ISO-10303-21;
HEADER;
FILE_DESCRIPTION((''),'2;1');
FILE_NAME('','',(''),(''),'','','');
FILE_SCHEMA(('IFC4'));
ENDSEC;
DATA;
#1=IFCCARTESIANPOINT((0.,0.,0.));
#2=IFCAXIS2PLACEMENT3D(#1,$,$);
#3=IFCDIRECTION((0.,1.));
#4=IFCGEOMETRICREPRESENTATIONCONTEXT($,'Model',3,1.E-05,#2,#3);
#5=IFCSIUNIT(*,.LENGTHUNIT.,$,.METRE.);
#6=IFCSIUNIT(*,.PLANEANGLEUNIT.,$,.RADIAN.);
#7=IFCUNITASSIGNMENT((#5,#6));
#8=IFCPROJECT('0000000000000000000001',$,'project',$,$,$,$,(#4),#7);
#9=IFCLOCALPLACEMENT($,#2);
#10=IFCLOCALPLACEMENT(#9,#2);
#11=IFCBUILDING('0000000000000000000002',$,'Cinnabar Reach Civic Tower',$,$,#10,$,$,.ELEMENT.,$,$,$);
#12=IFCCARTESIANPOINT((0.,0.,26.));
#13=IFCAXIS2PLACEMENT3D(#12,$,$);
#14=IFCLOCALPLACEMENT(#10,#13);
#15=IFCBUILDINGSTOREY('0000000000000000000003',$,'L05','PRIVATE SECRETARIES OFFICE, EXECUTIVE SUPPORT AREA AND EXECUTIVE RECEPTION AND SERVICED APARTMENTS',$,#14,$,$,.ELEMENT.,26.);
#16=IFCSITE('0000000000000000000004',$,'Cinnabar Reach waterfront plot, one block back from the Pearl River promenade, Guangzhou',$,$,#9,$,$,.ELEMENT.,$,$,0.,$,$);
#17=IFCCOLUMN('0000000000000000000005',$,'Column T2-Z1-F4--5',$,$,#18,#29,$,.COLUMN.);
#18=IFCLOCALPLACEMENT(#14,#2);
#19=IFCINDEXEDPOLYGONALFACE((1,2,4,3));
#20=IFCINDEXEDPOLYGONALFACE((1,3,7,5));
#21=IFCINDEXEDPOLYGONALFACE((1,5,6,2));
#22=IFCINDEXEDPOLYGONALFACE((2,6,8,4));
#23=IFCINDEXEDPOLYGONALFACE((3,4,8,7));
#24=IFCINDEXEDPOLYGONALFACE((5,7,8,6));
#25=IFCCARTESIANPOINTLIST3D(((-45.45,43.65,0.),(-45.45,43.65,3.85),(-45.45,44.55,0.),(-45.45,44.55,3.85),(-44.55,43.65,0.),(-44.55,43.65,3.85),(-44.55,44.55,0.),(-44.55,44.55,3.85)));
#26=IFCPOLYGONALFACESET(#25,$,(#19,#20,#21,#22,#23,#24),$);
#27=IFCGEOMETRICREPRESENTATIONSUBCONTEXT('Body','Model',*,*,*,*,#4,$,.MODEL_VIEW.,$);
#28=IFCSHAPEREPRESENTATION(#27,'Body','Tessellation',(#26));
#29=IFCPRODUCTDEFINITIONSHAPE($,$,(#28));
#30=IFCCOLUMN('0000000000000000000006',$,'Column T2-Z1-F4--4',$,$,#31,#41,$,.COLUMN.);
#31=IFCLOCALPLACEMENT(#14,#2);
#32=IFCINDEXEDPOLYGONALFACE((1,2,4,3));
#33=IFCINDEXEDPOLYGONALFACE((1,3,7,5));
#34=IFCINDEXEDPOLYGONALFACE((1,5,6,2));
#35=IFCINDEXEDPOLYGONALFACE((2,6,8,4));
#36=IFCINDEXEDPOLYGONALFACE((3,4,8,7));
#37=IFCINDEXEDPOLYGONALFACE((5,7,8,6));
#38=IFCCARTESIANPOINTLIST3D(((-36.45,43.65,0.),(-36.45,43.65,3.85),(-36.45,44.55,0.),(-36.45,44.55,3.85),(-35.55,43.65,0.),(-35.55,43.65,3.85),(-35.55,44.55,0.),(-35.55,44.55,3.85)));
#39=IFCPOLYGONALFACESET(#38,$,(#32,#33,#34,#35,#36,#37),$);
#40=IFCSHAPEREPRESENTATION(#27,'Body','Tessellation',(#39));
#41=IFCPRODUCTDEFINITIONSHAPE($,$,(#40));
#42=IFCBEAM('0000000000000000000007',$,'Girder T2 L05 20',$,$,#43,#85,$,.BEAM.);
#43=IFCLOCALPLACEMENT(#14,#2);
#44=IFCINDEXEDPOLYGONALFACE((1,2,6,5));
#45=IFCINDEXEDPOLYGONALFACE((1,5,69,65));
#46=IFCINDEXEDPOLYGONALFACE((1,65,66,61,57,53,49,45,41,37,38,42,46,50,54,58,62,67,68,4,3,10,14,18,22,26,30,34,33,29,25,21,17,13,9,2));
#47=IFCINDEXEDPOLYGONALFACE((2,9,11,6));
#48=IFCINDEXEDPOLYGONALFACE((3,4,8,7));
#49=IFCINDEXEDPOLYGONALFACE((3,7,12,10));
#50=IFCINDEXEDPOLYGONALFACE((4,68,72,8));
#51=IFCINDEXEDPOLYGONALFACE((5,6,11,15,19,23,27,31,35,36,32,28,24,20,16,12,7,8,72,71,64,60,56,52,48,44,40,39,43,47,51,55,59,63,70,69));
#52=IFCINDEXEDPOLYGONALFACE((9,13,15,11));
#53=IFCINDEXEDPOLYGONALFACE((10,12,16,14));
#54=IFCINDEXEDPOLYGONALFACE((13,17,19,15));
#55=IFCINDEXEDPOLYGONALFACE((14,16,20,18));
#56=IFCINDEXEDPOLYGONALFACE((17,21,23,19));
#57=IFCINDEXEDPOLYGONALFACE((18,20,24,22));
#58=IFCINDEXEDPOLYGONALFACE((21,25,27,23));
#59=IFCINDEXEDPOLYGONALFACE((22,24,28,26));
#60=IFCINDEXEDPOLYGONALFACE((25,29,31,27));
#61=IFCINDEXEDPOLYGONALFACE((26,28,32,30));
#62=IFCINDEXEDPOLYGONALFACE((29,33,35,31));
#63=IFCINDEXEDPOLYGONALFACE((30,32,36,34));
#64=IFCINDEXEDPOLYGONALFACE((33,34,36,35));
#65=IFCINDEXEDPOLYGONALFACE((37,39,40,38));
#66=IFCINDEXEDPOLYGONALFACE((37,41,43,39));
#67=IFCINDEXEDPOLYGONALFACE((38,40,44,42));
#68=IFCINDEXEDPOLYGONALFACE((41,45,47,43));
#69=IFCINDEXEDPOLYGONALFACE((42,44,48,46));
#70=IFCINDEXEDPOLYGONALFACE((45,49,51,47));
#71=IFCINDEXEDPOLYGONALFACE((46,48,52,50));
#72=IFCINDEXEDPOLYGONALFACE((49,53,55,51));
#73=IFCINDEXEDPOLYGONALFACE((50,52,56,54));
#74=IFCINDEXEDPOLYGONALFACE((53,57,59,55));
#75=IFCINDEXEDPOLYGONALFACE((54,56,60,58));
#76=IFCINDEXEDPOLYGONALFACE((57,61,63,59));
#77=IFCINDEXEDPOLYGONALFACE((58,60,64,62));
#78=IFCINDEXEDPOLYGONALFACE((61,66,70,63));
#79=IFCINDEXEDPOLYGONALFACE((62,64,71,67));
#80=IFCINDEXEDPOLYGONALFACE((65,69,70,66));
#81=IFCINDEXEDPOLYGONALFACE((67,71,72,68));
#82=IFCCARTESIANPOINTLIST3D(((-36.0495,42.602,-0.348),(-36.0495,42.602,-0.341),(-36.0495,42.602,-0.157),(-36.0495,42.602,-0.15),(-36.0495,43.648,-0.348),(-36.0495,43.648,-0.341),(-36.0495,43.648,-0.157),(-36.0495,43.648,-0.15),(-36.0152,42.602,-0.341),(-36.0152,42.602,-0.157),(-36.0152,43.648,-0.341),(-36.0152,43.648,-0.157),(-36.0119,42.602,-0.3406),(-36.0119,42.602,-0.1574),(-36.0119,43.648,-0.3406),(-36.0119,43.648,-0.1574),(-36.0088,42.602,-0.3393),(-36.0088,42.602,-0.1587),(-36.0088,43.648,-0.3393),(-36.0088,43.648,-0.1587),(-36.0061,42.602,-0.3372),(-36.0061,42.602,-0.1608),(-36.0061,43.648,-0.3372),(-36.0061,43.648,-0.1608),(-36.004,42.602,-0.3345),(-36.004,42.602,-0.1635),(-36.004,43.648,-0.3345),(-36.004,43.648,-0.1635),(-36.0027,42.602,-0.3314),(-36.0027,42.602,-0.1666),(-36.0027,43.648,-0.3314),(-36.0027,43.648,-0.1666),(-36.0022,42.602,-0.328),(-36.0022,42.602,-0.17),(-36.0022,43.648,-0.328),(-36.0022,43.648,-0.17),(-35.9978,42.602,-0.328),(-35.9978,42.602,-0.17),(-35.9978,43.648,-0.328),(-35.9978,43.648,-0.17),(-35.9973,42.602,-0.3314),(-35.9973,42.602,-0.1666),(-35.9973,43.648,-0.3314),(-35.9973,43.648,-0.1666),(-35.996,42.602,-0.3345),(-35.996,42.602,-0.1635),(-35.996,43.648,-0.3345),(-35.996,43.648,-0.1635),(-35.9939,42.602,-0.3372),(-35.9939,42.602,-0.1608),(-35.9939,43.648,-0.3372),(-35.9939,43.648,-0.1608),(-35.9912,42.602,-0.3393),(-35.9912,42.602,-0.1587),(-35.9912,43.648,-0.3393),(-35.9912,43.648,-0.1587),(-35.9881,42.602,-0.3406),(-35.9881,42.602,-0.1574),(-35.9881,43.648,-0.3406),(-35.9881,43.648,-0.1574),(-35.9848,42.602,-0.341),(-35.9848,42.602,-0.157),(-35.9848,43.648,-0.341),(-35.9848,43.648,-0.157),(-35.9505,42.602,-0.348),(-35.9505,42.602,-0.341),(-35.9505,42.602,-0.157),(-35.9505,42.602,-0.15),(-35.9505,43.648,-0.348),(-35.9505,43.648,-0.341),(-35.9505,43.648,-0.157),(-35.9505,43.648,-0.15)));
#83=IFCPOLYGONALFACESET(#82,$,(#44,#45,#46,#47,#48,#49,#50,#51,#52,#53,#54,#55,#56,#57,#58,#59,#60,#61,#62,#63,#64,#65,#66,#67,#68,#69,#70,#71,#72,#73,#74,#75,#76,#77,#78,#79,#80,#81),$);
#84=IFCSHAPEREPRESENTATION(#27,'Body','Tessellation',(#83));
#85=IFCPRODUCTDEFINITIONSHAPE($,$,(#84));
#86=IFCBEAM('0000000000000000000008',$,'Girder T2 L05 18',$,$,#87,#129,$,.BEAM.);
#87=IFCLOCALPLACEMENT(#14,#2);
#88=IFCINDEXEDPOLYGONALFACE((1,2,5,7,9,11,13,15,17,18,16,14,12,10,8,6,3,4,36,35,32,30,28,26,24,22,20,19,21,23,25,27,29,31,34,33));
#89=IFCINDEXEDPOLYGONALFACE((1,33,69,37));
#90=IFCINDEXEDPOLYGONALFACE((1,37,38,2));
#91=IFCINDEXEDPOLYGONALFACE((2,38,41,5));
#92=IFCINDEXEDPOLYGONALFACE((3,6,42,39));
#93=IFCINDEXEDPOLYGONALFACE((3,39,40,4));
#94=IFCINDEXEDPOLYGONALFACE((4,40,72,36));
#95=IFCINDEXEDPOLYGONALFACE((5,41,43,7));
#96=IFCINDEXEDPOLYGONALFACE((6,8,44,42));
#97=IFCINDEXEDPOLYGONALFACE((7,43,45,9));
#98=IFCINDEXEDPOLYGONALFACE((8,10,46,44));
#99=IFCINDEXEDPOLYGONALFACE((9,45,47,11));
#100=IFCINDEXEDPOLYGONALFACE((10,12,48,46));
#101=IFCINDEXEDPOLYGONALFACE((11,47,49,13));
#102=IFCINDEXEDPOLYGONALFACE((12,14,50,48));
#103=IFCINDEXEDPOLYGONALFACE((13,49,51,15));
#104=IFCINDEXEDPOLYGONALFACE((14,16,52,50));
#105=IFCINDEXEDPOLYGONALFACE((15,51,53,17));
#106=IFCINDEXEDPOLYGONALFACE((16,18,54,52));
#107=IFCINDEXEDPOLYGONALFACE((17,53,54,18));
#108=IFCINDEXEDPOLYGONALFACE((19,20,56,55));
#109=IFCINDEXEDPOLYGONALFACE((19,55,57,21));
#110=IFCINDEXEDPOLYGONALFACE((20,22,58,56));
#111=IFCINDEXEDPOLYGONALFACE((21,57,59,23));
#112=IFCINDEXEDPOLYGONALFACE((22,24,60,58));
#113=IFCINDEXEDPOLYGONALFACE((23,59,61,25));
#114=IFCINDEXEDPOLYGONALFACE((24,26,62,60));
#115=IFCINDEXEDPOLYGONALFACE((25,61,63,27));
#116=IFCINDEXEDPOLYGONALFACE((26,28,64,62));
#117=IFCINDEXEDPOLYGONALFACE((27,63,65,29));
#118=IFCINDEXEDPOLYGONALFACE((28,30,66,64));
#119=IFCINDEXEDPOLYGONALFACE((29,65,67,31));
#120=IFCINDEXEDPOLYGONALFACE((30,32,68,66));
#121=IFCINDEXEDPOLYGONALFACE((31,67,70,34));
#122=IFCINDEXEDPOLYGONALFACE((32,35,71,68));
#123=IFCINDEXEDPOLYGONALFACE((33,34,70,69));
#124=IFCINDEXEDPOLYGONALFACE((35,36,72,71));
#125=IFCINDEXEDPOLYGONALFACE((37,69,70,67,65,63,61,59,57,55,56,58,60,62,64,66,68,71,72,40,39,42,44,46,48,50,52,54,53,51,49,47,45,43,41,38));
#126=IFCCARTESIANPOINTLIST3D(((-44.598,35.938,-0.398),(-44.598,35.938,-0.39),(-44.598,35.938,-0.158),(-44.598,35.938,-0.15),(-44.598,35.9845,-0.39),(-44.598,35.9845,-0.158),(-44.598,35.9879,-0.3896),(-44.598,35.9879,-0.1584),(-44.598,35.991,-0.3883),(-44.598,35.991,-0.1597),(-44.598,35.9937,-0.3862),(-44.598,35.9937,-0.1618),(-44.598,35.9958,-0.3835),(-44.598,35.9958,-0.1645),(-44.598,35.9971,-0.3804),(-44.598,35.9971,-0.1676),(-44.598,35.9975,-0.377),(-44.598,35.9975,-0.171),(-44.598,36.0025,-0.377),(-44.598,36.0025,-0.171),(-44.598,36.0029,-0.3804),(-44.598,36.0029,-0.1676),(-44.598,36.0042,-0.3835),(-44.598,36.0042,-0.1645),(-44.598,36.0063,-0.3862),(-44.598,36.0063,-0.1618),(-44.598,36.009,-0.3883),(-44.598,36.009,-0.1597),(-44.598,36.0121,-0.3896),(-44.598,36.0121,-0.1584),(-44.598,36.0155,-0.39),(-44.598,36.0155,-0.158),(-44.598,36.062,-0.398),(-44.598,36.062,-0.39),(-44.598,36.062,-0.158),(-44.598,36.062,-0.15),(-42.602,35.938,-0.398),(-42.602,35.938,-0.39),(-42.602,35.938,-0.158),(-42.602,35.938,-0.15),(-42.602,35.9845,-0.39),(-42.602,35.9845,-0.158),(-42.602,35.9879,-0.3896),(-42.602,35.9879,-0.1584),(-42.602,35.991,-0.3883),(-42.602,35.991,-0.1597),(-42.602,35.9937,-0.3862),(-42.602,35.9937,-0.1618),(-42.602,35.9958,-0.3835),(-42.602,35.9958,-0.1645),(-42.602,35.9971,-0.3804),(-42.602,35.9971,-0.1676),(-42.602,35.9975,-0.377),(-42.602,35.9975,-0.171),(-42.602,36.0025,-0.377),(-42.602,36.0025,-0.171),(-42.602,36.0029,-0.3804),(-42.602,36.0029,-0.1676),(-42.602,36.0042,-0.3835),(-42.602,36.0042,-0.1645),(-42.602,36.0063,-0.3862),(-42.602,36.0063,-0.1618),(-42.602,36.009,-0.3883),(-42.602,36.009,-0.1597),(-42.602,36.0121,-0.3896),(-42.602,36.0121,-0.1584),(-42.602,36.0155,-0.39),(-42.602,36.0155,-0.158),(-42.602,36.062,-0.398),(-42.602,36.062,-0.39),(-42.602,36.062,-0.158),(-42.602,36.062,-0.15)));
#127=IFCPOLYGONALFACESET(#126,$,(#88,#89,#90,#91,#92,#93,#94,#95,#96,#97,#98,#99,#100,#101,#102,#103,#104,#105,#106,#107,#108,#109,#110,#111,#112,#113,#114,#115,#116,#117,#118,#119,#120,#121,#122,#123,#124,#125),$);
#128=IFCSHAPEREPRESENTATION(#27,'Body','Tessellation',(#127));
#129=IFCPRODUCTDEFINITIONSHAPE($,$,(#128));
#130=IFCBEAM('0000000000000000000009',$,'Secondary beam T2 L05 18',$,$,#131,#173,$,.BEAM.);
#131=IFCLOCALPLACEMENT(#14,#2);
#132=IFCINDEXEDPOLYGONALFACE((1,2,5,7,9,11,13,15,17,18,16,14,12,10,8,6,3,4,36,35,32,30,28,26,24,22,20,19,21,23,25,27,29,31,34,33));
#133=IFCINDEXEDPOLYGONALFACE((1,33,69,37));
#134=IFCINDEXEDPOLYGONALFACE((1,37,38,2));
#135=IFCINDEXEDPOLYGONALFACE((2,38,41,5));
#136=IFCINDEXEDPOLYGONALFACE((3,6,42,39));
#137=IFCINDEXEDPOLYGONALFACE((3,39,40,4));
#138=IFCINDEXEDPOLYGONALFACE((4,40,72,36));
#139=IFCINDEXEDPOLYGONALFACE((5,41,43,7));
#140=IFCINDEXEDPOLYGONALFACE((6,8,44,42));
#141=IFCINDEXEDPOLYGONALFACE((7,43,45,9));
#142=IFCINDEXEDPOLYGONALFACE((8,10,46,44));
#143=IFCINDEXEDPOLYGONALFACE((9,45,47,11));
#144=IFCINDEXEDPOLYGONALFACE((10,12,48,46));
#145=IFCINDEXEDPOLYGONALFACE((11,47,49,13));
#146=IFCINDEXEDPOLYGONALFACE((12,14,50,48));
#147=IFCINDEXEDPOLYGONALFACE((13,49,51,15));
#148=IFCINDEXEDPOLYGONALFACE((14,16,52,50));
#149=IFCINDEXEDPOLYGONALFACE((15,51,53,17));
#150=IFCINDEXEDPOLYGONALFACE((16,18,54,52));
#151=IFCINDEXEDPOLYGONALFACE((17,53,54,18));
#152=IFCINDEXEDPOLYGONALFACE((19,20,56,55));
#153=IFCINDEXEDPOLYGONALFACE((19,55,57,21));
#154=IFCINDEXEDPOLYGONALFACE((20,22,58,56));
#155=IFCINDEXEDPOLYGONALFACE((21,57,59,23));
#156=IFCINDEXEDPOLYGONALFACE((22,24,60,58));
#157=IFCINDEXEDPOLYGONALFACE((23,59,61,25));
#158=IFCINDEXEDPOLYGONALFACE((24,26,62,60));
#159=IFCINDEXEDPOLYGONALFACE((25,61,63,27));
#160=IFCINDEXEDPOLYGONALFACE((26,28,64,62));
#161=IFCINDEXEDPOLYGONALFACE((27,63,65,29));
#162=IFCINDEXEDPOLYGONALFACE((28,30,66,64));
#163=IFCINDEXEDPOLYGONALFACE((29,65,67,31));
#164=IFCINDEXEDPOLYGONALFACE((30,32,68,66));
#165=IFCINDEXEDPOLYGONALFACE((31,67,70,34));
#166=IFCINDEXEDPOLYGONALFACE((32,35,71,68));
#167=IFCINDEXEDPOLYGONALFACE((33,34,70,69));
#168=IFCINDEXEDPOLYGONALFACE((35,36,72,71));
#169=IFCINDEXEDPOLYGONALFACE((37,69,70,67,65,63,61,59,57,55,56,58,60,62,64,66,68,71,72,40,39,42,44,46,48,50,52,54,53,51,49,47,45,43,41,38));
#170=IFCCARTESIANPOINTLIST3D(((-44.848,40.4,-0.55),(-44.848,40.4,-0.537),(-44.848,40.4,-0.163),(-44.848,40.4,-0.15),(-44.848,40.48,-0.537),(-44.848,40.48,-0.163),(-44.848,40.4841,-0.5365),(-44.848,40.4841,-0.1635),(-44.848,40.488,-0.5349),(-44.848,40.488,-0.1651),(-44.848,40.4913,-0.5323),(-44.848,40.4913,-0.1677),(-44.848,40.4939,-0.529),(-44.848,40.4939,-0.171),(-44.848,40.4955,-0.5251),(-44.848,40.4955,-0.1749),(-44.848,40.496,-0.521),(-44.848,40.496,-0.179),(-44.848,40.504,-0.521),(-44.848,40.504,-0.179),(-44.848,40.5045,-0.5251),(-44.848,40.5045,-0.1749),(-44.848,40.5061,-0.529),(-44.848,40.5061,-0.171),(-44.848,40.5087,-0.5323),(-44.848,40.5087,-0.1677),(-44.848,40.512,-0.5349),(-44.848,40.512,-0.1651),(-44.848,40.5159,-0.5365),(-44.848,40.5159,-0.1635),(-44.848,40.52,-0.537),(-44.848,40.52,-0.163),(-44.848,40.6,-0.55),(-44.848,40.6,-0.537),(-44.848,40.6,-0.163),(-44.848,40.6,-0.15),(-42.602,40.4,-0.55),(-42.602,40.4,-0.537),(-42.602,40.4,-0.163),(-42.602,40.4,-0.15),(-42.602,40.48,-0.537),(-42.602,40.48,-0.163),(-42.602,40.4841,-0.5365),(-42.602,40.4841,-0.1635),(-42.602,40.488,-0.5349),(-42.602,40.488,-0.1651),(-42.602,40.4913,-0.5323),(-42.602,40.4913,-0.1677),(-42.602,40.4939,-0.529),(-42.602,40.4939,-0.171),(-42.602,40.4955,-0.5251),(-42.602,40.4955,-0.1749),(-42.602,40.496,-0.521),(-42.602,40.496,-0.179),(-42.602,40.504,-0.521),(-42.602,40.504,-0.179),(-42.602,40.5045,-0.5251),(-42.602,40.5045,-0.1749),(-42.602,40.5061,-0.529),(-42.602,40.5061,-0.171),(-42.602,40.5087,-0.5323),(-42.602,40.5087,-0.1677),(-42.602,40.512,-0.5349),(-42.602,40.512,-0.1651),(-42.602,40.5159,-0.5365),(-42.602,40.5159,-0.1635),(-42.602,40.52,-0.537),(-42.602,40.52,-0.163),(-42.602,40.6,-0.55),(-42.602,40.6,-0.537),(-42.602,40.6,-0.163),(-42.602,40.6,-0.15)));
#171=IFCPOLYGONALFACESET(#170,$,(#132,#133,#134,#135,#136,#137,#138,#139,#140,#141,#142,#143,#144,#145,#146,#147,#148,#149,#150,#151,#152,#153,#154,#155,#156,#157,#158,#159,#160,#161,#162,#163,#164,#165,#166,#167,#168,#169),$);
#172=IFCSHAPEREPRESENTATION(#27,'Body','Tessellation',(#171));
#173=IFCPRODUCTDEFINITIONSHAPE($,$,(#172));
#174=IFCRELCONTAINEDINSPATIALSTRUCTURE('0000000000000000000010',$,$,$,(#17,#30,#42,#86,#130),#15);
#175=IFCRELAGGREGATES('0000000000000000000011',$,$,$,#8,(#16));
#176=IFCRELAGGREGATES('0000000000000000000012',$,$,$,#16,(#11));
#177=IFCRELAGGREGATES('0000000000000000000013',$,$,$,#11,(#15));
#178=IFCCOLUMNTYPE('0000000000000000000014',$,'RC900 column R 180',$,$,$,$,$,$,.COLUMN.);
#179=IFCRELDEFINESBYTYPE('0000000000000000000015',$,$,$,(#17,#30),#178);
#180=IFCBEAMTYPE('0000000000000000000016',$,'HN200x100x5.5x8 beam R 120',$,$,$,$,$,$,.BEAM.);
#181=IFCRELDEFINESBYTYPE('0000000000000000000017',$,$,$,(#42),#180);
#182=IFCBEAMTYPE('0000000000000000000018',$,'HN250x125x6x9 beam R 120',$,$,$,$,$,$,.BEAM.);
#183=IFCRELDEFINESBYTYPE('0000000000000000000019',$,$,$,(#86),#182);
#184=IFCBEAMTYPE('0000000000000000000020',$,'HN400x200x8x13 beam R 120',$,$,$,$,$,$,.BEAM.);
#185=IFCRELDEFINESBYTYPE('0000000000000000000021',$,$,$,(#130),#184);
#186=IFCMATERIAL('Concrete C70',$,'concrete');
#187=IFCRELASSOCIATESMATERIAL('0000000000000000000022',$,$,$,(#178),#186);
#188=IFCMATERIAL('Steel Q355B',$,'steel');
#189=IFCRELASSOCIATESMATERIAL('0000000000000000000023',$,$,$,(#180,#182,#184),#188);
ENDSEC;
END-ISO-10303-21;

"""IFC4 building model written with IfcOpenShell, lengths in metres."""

from ifc_helpers import new_model, si_unit, direction, frame, origin, origin_2d, place, context, subcontext, project, spatial, rectangle, i_section, extrude, material, material_profile, profile_set, type_object, element, save


model = new_model("IFC4")

# Units and contexts
model_context = context("Model", 3, precision=1e-05, world=origin(), true_north=direction((0.0, 1.0)))
body_context = subcontext(model_context, "Body", "Model", "MODEL_VIEW")
ifc_project = project(units=[si_unit("LENGTHUNIT", "METRE"), si_unit("PLANEANGLEUNIT", "RADIAN")], contexts=[model_context])

# Site, building, storey
site_placement = place(None, origin())
site = spatial("IfcSite", under=ifc_project, at=site_placement, Name="Cinnabar Reach waterfront plot, one block back from the Pearl River promenade, Guangzhou", CompositionType="ELEMENT", RefElevation=0.0)
building_placement = place(site_placement, origin())
building = spatial("IfcBuilding", under=site, at=building_placement, Name="Cinnabar Reach Civic Tower", CompositionType="ELEMENT")
storey_placement = place(building_placement, frame((0.0, 0.0, 26.0)))
storey = spatial("IfcBuildingStorey", under=building, at=storey_placement, Name="L05", Description="PRIVATE SECRETARIES OFFICE, EXECUTIVE SUPPORT AREA AND EXECUTIVE RECEPTION AND SERVICED APARTMENTS", CompositionType="ELEMENT", Elevation=26.0)

# Columns
ifc_material_1 = material(Name="Concrete C70", Category="concrete")
ifc_material_profile_1 = material_profile(ifc_material_1, rectangle(XDim=0.9, YDim=0.9, at=origin_2d()), Name="RC900")
ifc_profile_set_1 = profile_set([ifc_material_profile_1], Name="Concrete C70")
column_type = type_object("IfcColumnType", Name="RC900 column R 180", PredefinedType="COLUMN", material=ifc_profile_set_1)
for number, where, z_axis, x_axis, name in (
    (1, (-45.0, 44.1, 0.0), (0.0, 0.0, 1.0), (1.0, 0.0, 0.0), "Column T2-Z1-F4--5"),
    (2, (-36.0, 44.1, 0.0), (0.0, 0.0, 1.0), (1.0, 0.0, 0.0), "Column T2-Z1-F4--4"),
):
    element("IfcColumn", number, at=place(storey_placement, frame(where, z_axis=z_axis, x_axis=x_axis)), inside=storey, type_object=column_type, Name=name, PredefinedType="COLUMN", context=body_context, shape_type="SweptSolid", body=[
        extrude(rectangle(XDim=0.9, YDim=0.9, at=origin_2d()), origin(), (0.0, 0.0, 1.0), 3.85),
    ])

# Beams
ifc_material_2 = material(Name="Steel Q355B", Category="steel")
ifc_material_profile_2 = material_profile(ifc_material_2, i_section(OverallWidth=0.099, OverallDepth=0.198, WebThickness=0.0045, FlangeThickness=0.007, FilletRadius=0.013, at=origin_2d()), Name="HN200x100x5.5x8")
ifc_profile_set_2 = profile_set([ifc_material_profile_2], Name="Steel Q355B")
beam_type_1 = type_object("IfcBeamType", Name="HN200x100x5.5x8 beam R 120", PredefinedType="BEAM", material=ifc_profile_set_2)
beam_1_placement = place(storey_placement, frame((-36.0, 42.602, -0.249), z_axis=(0.0, 1.0, 0.0), x_axis=(-1.0, 0.0, 0.0)))
element("IfcBeam", 3, at=beam_1_placement, inside=storey, type_object=beam_type_1, Name="Girder T2 L05 20", PredefinedType="BEAM", context=body_context, shape_type="SweptSolid", body=[
    extrude(i_section(OverallWidth=0.099, OverallDepth=0.198, WebThickness=0.0045, FlangeThickness=0.007, FilletRadius=0.013, at=origin_2d()), origin(), (0.0, 0.0, 1.0), 1.046),
])
ifc_material_profile_3 = material_profile(ifc_material_2, i_section(OverallWidth=0.124, OverallDepth=0.248, WebThickness=0.005, FlangeThickness=0.008, FilletRadius=0.013, at=origin_2d()), Name="HN250x125x6x9")
ifc_profile_set_3 = profile_set([ifc_material_profile_3], Name="Steel Q355B")
beam_type_2 = type_object("IfcBeamType", Name="HN250x125x6x9 beam R 120", PredefinedType="BEAM", material=ifc_profile_set_3)
beam_2_placement = place(storey_placement, frame((-44.598, 36.0, -0.274), z_axis=(1.0, 0.0, 0.0), x_axis=(0.0, 1.0, 0.0)))
element("IfcBeam", 4, at=beam_2_placement, inside=storey, type_object=beam_type_2, Name="Girder T2 L05 18", PredefinedType="BEAM", context=body_context, shape_type="SweptSolid", body=[
    extrude(i_section(OverallWidth=0.124, OverallDepth=0.248, WebThickness=0.005, FlangeThickness=0.008, FilletRadius=0.013, at=origin_2d()), origin(), (0.0, 0.0, 1.0), 1.996),
])
ifc_material_profile_4 = material_profile(ifc_material_2, i_section(OverallWidth=0.2, OverallDepth=0.4, WebThickness=0.008, FlangeThickness=0.013, FilletRadius=0.016, at=origin_2d()), Name="HN400x200x8x13")
ifc_profile_set_4 = profile_set([ifc_material_profile_4], Name="Steel Q355B")
beam_type_3 = type_object("IfcBeamType", Name="HN400x200x8x13 beam R 120", PredefinedType="BEAM", material=ifc_profile_set_4)
beam_3_placement = place(storey_placement, frame((-44.848, 40.5, -0.35), z_axis=(1.0, 0.0, 0.0), x_axis=(0.0, 1.0, 0.0)))
element("IfcBeam", 5, at=beam_3_placement, inside=storey, type_object=beam_type_3, Name="Secondary beam T2 L05 18", PredefinedType="BEAM", context=body_context, shape_type="SweptSolid", body=[
    extrude(i_section(OverallWidth=0.2, OverallDepth=0.4, WebThickness=0.008, FlangeThickness=0.013, FilletRadius=0.016, at=origin_2d()), origin(), (0.0, 0.0, 1.0), 2.246),
])

save(model, "model.ifc")
